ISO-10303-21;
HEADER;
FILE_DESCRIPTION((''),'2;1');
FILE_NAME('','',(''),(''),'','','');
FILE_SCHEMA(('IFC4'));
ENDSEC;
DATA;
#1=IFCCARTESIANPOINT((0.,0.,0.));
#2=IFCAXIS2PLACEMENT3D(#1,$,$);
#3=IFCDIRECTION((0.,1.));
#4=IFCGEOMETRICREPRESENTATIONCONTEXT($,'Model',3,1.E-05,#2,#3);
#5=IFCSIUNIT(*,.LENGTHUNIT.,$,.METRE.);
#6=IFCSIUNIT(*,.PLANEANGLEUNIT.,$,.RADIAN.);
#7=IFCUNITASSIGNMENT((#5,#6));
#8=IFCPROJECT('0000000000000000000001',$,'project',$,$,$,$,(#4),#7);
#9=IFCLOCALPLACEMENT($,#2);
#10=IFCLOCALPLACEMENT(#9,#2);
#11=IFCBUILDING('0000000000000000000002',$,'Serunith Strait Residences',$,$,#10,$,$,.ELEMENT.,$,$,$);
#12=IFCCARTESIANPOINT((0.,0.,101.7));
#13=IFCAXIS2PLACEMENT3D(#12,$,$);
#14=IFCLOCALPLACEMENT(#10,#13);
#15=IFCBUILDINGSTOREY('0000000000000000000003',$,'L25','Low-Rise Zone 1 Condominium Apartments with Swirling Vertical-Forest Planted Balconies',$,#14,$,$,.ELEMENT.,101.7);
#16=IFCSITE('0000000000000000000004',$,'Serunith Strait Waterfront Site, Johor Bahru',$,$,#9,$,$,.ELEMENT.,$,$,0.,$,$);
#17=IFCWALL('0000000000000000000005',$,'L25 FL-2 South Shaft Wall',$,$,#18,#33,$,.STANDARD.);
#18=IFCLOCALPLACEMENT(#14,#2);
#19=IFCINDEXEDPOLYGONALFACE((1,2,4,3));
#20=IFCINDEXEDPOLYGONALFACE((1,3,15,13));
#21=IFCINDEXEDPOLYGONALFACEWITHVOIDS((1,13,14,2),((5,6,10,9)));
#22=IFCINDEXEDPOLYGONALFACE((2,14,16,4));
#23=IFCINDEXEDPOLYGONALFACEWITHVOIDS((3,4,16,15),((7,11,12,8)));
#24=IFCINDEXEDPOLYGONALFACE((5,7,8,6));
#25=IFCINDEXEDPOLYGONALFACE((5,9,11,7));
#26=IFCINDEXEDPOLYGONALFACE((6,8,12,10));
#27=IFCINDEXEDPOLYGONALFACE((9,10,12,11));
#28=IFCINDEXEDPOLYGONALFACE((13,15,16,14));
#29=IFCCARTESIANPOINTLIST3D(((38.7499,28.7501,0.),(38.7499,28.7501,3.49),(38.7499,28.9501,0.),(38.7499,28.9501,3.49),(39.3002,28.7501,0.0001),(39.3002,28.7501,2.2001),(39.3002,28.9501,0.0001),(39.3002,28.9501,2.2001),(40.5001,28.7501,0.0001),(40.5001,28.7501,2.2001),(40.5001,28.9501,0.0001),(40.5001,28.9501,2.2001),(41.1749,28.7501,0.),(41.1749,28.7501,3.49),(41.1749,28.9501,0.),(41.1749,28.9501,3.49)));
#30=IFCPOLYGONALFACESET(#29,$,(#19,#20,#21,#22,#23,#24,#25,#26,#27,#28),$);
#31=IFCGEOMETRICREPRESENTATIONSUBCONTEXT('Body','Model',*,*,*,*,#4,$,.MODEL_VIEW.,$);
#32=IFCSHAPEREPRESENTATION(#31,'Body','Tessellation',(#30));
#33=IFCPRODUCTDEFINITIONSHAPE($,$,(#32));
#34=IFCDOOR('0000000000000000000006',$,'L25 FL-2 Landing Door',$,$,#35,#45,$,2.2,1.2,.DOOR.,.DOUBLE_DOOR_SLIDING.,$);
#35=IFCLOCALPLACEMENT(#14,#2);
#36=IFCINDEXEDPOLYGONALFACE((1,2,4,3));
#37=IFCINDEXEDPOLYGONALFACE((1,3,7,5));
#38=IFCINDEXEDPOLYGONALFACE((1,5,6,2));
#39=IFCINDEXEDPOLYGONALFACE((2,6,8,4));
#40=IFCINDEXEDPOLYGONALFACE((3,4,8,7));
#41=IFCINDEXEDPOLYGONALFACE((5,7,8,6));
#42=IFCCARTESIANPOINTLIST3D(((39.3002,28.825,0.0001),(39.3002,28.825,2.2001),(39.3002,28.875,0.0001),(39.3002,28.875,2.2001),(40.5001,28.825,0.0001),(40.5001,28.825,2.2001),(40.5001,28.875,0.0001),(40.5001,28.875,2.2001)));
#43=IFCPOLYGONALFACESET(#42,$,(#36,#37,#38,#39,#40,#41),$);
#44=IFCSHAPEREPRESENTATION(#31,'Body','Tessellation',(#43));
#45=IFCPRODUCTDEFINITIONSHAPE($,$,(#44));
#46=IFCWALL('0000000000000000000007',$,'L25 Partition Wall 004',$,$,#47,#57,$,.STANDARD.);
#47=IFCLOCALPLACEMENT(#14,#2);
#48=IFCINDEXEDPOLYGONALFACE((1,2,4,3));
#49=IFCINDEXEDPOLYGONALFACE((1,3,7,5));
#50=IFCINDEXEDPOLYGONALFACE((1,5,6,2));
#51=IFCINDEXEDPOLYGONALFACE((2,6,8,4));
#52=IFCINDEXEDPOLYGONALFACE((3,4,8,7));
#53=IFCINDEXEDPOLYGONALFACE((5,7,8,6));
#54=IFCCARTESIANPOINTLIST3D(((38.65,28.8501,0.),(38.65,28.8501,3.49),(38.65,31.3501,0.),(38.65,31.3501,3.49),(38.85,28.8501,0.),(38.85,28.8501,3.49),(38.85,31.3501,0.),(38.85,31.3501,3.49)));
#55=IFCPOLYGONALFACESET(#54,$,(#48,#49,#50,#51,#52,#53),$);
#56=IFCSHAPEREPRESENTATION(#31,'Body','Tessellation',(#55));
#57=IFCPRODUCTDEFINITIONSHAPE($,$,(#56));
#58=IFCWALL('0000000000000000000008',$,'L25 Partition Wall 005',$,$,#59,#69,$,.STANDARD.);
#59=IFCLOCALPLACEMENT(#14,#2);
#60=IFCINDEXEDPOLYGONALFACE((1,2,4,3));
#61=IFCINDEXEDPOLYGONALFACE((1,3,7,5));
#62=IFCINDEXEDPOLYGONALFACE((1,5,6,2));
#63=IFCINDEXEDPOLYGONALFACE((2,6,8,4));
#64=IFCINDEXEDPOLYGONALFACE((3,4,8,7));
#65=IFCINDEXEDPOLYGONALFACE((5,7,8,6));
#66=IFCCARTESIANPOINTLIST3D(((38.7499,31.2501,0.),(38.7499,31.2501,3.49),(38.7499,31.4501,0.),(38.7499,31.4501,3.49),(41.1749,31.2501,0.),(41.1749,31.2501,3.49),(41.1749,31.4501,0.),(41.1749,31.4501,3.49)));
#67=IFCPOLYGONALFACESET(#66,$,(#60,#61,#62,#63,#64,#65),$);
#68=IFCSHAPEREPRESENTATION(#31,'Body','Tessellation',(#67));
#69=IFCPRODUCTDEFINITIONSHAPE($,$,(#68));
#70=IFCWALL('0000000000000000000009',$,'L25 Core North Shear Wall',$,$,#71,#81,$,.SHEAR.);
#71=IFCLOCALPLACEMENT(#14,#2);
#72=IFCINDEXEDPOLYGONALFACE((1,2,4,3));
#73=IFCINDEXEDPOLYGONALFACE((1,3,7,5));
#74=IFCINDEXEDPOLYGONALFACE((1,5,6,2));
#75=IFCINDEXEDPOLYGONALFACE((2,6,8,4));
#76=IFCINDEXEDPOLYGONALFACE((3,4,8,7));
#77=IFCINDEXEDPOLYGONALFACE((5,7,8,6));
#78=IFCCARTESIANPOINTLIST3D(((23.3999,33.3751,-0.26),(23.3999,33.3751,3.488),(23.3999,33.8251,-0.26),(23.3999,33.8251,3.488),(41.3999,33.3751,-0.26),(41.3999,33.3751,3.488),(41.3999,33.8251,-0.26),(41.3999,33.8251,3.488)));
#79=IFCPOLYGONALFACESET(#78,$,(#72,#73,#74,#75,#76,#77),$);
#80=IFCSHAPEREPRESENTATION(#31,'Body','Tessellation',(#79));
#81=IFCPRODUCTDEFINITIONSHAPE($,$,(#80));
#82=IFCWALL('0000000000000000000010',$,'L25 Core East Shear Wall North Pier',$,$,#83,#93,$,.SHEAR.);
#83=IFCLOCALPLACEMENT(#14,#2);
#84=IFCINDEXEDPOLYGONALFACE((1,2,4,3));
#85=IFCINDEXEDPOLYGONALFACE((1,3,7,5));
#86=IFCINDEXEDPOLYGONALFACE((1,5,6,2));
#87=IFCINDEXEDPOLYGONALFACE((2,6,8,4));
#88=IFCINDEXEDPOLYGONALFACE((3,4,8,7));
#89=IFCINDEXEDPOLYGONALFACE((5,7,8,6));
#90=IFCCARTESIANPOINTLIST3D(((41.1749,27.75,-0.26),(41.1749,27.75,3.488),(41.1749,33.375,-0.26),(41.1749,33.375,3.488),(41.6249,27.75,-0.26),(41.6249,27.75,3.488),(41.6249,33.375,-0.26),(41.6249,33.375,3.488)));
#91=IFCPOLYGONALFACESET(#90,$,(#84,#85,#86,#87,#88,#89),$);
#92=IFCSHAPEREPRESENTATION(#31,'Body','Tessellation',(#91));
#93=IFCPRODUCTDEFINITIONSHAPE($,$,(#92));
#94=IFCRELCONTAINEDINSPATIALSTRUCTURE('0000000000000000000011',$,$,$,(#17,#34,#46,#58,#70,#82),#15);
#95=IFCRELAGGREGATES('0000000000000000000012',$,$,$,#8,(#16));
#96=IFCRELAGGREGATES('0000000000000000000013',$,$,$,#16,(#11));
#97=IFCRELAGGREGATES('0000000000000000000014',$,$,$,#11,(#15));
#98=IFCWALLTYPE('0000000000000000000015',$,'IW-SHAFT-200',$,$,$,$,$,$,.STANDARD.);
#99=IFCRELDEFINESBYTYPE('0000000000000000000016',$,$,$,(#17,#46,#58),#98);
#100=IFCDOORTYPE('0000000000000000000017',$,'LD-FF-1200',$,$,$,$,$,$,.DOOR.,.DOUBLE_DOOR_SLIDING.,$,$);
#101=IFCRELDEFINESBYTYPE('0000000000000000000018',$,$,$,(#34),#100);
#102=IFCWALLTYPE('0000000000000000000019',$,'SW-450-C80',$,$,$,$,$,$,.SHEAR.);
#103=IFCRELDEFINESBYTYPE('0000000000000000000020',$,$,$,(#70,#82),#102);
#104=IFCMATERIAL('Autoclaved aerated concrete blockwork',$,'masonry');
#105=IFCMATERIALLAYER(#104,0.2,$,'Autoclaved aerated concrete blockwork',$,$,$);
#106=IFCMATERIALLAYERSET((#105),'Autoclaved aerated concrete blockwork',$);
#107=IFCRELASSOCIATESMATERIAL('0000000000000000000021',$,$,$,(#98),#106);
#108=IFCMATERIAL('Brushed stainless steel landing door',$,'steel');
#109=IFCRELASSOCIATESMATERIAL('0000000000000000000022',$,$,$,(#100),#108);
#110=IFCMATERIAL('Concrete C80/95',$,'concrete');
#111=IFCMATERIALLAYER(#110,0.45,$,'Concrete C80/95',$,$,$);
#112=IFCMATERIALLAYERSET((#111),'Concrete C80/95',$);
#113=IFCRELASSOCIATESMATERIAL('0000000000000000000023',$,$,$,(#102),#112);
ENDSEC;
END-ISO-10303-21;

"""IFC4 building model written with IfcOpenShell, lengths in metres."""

from ifc_helpers import new_model, si_unit, direction, frame, frame_2d, origin, place, context, subcontext, project, spatial, rectangle, extrude, source, transform, mapped, material, layer, layer_set, type_object, element, fill, save


model = new_model("IFC4")

# Units and contexts
model_context = context("Model", 3, precision=1e-05, world=origin(), true_north=direction((0.0, 1.0)))
body_context = subcontext(model_context, "Body", "Model", "MODEL_VIEW")
ifc_project = project(units=[si_unit("LENGTHUNIT", "METRE"), si_unit("PLANEANGLEUNIT", "RADIAN")], contexts=[model_context])

# Site, building, storey
site_placement = place(None, origin())
site = spatial("IfcSite", under=ifc_project, at=site_placement, Name="Serunith Strait Waterfront Site, Johor Bahru", CompositionType="ELEMENT", RefElevation=0.0)
building_placement = place(site_placement, origin())
building = spatial("IfcBuilding", under=site, at=building_placement, Name="Serunith Strait Residences", CompositionType="ELEMENT")
storey_placement = place(building_placement, frame((0.0, 0.0, 101.7)))
storey = spatial("IfcBuildingStorey", under=building, at=storey_placement, Name="L25", Description="Low-Rise Zone 1 Condominium Apartments with Swirling Vertical-Forest Planted Balconies", CompositionType="ELEMENT", Elevation=101.7)

# Wall, opening, door
ifc_material_1 = material(Name="Autoclaved aerated concrete blockwork", Category="masonry")
ifc_layer_1 = layer(ifc_material_1, 0.2, Name="Autoclaved aerated concrete blockwork")
ifc_layer_set_1 = layer_set([ifc_layer_1], Name="Autoclaved aerated concrete blockwork")
wall_type_1 = type_object("IfcWallType", Name="IW-SHAFT-200", PredefinedType="STANDARD", material=ifc_layer_set_1)
wall_1_placement = place(storey_placement, frame((38.75, 28.8501, 0.0), z_axis=(0.0, 0.0, 1.0), x_axis=(1.0, 0.0, 0.0)))
wall_1 = element("IfcWall", 1, at=wall_1_placement, inside=storey, type_object=wall_type_1, Name="L25 FL-2 South Shaft Wall", PredefinedType="STANDARD", context=body_context, shape_type="SweptSolid", body=[
    extrude(rectangle(XDim=2.425, YDim=0.2, at=frame_2d((1.2124, 0.0))), origin(), (0.0, 0.0, 1.0), 3.49),
])
opening_1_placement = place(wall_1_placement, frame((0.55, 0.0, 0.0)))
opening_1 = element("IfcOpeningElement", 2, at=opening_1_placement, cuts=wall_1, PredefinedType="OPENING", context=body_context, shape_type="SweptSolid", body=[
    extrude(rectangle(XDim=1.2, YDim=2.2, at=frame_2d((0.6001, 1.1001))), frame((0.0, 0.1099, 0.0), z_axis=(0.0, -1.0, 0.0), x_axis=(1.0, 0.0, 0.0)), (0.0, 0.0, 1.0), 0.22),
])
ifc_material_2 = material(Name="Brushed stainless steel landing door", Category="steel")
door_type_1 = type_object("IfcDoorType", Name="LD-FF-1200", OperationType="DOUBLE_DOOR_SLIDING", PredefinedType="DOOR", material=ifc_material_2)
shared_shape_1 = source(origin(), body_context, "Body", "SweptSolid", [
    extrude(rectangle(XDim=1.2, YDim=2.2, at=frame_2d((0.6001, 1.1001))), frame((0.0, 0.0249, 0.0), z_axis=(0.0, -1.0, 0.0), x_axis=(1.0, 0.0, 0.0)), (0.0, 0.0, 1.0), 0.05),
])
door_1_placement = place(opening_1_placement, origin())
door_1 = element("IfcDoor", 3, at=door_1_placement, inside=storey, type_object=door_type_1, Name="L25 FL-2 Landing Door", OperationType="DOUBLE_DOOR_SLIDING", OverallHeight=2.2, OverallWidth=1.2, PredefinedType="DOOR", context=body_context, shape_type="MappedRepresentation", body=[
    mapped(shared_shape_1, transform((0.0, 0.0, 0.0), scale=1.0)),
])
fill(opening_1, door_1)

# Walls
wall_2_placement = place(storey_placement, frame((38.75, 28.8501, 0.0), z_axis=(0.0, 0.0, 1.0), x_axis=(0.0, 1.0, 0.0)))
element("IfcWall", 4, at=wall_2_placement, inside=storey, type_object=wall_type_1, Name="L25 Partition Wall 004", PredefinedType="STANDARD", context=body_context, shape_type="SweptSolid", body=[
    extrude(rectangle(XDim=2.5, YDim=0.2, at=frame_2d((1.25, 0.0))), origin(), (0.0, 0.0, 1.0), 3.49),
])
wall_3_placement = place(storey_placement, frame((38.75, 31.3501, 0.0), z_axis=(0.0, 0.0, 1.0), x_axis=(1.0, 0.0, 0.0)))
element("IfcWall", 5, at=wall_3_placement, inside=storey, type_object=wall_type_1, Name="L25 Partition Wall 005", PredefinedType="STANDARD", context=body_context, shape_type="SweptSolid", body=[
    extrude(rectangle(XDim=2.425, YDim=0.2, at=frame_2d((1.2124, 0.0))), origin(), (0.0, 0.0, 1.0), 3.49),
])

# Walls
ifc_material_3 = material(Name="Concrete C80/95", Category="concrete")
ifc_layer_2 = layer(ifc_material_3, 0.45, Name="Concrete C80/95")
ifc_layer_set_2 = layer_set([ifc_layer_2], Name="Concrete C80/95")
wall_type_2 = type_object("IfcWallType", Name="SW-450-C80", PredefinedType="SHEAR", material=ifc_layer_set_2)
wall_4_placement = place(storey_placement, frame((41.3999, 33.6001, -0.26), z_axis=(0.0, 0.0, 1.0), x_axis=(-1.0, 0.0, 0.0)))
element("IfcWall", 6, at=wall_4_placement, inside=storey, type_object=wall_type_2, Name="L25 Core North Shear Wall", PredefinedType="SHEAR", context=body_context, shape_type="SweptSolid", body=[
    extrude(rectangle(XDim=18.0, YDim=0.45, at=frame_2d((9.0, 0.0))), origin(), (0.0, 0.0, 1.0), 3.748),
])
wall_5_placement = place(storey_placement, frame((41.3999, 27.75, -0.26), z_axis=(0.0, 0.0, 1.0), x_axis=(0.0, 1.0, 0.0)))
element("IfcWall", 7, at=wall_5_placement, inside=storey, type_object=wall_type_2, Name="L25 Core East Shear Wall North Pier", PredefinedType="SHEAR", context=body_context, shape_type="SweptSolid", body=[
    extrude(rectangle(XDim=5.625, YDim=0.45, at=frame_2d((2.8125, 0.0))), origin(), (0.0, 0.0, 1.0), 3.748),
])

save(model, "model.ifc")
